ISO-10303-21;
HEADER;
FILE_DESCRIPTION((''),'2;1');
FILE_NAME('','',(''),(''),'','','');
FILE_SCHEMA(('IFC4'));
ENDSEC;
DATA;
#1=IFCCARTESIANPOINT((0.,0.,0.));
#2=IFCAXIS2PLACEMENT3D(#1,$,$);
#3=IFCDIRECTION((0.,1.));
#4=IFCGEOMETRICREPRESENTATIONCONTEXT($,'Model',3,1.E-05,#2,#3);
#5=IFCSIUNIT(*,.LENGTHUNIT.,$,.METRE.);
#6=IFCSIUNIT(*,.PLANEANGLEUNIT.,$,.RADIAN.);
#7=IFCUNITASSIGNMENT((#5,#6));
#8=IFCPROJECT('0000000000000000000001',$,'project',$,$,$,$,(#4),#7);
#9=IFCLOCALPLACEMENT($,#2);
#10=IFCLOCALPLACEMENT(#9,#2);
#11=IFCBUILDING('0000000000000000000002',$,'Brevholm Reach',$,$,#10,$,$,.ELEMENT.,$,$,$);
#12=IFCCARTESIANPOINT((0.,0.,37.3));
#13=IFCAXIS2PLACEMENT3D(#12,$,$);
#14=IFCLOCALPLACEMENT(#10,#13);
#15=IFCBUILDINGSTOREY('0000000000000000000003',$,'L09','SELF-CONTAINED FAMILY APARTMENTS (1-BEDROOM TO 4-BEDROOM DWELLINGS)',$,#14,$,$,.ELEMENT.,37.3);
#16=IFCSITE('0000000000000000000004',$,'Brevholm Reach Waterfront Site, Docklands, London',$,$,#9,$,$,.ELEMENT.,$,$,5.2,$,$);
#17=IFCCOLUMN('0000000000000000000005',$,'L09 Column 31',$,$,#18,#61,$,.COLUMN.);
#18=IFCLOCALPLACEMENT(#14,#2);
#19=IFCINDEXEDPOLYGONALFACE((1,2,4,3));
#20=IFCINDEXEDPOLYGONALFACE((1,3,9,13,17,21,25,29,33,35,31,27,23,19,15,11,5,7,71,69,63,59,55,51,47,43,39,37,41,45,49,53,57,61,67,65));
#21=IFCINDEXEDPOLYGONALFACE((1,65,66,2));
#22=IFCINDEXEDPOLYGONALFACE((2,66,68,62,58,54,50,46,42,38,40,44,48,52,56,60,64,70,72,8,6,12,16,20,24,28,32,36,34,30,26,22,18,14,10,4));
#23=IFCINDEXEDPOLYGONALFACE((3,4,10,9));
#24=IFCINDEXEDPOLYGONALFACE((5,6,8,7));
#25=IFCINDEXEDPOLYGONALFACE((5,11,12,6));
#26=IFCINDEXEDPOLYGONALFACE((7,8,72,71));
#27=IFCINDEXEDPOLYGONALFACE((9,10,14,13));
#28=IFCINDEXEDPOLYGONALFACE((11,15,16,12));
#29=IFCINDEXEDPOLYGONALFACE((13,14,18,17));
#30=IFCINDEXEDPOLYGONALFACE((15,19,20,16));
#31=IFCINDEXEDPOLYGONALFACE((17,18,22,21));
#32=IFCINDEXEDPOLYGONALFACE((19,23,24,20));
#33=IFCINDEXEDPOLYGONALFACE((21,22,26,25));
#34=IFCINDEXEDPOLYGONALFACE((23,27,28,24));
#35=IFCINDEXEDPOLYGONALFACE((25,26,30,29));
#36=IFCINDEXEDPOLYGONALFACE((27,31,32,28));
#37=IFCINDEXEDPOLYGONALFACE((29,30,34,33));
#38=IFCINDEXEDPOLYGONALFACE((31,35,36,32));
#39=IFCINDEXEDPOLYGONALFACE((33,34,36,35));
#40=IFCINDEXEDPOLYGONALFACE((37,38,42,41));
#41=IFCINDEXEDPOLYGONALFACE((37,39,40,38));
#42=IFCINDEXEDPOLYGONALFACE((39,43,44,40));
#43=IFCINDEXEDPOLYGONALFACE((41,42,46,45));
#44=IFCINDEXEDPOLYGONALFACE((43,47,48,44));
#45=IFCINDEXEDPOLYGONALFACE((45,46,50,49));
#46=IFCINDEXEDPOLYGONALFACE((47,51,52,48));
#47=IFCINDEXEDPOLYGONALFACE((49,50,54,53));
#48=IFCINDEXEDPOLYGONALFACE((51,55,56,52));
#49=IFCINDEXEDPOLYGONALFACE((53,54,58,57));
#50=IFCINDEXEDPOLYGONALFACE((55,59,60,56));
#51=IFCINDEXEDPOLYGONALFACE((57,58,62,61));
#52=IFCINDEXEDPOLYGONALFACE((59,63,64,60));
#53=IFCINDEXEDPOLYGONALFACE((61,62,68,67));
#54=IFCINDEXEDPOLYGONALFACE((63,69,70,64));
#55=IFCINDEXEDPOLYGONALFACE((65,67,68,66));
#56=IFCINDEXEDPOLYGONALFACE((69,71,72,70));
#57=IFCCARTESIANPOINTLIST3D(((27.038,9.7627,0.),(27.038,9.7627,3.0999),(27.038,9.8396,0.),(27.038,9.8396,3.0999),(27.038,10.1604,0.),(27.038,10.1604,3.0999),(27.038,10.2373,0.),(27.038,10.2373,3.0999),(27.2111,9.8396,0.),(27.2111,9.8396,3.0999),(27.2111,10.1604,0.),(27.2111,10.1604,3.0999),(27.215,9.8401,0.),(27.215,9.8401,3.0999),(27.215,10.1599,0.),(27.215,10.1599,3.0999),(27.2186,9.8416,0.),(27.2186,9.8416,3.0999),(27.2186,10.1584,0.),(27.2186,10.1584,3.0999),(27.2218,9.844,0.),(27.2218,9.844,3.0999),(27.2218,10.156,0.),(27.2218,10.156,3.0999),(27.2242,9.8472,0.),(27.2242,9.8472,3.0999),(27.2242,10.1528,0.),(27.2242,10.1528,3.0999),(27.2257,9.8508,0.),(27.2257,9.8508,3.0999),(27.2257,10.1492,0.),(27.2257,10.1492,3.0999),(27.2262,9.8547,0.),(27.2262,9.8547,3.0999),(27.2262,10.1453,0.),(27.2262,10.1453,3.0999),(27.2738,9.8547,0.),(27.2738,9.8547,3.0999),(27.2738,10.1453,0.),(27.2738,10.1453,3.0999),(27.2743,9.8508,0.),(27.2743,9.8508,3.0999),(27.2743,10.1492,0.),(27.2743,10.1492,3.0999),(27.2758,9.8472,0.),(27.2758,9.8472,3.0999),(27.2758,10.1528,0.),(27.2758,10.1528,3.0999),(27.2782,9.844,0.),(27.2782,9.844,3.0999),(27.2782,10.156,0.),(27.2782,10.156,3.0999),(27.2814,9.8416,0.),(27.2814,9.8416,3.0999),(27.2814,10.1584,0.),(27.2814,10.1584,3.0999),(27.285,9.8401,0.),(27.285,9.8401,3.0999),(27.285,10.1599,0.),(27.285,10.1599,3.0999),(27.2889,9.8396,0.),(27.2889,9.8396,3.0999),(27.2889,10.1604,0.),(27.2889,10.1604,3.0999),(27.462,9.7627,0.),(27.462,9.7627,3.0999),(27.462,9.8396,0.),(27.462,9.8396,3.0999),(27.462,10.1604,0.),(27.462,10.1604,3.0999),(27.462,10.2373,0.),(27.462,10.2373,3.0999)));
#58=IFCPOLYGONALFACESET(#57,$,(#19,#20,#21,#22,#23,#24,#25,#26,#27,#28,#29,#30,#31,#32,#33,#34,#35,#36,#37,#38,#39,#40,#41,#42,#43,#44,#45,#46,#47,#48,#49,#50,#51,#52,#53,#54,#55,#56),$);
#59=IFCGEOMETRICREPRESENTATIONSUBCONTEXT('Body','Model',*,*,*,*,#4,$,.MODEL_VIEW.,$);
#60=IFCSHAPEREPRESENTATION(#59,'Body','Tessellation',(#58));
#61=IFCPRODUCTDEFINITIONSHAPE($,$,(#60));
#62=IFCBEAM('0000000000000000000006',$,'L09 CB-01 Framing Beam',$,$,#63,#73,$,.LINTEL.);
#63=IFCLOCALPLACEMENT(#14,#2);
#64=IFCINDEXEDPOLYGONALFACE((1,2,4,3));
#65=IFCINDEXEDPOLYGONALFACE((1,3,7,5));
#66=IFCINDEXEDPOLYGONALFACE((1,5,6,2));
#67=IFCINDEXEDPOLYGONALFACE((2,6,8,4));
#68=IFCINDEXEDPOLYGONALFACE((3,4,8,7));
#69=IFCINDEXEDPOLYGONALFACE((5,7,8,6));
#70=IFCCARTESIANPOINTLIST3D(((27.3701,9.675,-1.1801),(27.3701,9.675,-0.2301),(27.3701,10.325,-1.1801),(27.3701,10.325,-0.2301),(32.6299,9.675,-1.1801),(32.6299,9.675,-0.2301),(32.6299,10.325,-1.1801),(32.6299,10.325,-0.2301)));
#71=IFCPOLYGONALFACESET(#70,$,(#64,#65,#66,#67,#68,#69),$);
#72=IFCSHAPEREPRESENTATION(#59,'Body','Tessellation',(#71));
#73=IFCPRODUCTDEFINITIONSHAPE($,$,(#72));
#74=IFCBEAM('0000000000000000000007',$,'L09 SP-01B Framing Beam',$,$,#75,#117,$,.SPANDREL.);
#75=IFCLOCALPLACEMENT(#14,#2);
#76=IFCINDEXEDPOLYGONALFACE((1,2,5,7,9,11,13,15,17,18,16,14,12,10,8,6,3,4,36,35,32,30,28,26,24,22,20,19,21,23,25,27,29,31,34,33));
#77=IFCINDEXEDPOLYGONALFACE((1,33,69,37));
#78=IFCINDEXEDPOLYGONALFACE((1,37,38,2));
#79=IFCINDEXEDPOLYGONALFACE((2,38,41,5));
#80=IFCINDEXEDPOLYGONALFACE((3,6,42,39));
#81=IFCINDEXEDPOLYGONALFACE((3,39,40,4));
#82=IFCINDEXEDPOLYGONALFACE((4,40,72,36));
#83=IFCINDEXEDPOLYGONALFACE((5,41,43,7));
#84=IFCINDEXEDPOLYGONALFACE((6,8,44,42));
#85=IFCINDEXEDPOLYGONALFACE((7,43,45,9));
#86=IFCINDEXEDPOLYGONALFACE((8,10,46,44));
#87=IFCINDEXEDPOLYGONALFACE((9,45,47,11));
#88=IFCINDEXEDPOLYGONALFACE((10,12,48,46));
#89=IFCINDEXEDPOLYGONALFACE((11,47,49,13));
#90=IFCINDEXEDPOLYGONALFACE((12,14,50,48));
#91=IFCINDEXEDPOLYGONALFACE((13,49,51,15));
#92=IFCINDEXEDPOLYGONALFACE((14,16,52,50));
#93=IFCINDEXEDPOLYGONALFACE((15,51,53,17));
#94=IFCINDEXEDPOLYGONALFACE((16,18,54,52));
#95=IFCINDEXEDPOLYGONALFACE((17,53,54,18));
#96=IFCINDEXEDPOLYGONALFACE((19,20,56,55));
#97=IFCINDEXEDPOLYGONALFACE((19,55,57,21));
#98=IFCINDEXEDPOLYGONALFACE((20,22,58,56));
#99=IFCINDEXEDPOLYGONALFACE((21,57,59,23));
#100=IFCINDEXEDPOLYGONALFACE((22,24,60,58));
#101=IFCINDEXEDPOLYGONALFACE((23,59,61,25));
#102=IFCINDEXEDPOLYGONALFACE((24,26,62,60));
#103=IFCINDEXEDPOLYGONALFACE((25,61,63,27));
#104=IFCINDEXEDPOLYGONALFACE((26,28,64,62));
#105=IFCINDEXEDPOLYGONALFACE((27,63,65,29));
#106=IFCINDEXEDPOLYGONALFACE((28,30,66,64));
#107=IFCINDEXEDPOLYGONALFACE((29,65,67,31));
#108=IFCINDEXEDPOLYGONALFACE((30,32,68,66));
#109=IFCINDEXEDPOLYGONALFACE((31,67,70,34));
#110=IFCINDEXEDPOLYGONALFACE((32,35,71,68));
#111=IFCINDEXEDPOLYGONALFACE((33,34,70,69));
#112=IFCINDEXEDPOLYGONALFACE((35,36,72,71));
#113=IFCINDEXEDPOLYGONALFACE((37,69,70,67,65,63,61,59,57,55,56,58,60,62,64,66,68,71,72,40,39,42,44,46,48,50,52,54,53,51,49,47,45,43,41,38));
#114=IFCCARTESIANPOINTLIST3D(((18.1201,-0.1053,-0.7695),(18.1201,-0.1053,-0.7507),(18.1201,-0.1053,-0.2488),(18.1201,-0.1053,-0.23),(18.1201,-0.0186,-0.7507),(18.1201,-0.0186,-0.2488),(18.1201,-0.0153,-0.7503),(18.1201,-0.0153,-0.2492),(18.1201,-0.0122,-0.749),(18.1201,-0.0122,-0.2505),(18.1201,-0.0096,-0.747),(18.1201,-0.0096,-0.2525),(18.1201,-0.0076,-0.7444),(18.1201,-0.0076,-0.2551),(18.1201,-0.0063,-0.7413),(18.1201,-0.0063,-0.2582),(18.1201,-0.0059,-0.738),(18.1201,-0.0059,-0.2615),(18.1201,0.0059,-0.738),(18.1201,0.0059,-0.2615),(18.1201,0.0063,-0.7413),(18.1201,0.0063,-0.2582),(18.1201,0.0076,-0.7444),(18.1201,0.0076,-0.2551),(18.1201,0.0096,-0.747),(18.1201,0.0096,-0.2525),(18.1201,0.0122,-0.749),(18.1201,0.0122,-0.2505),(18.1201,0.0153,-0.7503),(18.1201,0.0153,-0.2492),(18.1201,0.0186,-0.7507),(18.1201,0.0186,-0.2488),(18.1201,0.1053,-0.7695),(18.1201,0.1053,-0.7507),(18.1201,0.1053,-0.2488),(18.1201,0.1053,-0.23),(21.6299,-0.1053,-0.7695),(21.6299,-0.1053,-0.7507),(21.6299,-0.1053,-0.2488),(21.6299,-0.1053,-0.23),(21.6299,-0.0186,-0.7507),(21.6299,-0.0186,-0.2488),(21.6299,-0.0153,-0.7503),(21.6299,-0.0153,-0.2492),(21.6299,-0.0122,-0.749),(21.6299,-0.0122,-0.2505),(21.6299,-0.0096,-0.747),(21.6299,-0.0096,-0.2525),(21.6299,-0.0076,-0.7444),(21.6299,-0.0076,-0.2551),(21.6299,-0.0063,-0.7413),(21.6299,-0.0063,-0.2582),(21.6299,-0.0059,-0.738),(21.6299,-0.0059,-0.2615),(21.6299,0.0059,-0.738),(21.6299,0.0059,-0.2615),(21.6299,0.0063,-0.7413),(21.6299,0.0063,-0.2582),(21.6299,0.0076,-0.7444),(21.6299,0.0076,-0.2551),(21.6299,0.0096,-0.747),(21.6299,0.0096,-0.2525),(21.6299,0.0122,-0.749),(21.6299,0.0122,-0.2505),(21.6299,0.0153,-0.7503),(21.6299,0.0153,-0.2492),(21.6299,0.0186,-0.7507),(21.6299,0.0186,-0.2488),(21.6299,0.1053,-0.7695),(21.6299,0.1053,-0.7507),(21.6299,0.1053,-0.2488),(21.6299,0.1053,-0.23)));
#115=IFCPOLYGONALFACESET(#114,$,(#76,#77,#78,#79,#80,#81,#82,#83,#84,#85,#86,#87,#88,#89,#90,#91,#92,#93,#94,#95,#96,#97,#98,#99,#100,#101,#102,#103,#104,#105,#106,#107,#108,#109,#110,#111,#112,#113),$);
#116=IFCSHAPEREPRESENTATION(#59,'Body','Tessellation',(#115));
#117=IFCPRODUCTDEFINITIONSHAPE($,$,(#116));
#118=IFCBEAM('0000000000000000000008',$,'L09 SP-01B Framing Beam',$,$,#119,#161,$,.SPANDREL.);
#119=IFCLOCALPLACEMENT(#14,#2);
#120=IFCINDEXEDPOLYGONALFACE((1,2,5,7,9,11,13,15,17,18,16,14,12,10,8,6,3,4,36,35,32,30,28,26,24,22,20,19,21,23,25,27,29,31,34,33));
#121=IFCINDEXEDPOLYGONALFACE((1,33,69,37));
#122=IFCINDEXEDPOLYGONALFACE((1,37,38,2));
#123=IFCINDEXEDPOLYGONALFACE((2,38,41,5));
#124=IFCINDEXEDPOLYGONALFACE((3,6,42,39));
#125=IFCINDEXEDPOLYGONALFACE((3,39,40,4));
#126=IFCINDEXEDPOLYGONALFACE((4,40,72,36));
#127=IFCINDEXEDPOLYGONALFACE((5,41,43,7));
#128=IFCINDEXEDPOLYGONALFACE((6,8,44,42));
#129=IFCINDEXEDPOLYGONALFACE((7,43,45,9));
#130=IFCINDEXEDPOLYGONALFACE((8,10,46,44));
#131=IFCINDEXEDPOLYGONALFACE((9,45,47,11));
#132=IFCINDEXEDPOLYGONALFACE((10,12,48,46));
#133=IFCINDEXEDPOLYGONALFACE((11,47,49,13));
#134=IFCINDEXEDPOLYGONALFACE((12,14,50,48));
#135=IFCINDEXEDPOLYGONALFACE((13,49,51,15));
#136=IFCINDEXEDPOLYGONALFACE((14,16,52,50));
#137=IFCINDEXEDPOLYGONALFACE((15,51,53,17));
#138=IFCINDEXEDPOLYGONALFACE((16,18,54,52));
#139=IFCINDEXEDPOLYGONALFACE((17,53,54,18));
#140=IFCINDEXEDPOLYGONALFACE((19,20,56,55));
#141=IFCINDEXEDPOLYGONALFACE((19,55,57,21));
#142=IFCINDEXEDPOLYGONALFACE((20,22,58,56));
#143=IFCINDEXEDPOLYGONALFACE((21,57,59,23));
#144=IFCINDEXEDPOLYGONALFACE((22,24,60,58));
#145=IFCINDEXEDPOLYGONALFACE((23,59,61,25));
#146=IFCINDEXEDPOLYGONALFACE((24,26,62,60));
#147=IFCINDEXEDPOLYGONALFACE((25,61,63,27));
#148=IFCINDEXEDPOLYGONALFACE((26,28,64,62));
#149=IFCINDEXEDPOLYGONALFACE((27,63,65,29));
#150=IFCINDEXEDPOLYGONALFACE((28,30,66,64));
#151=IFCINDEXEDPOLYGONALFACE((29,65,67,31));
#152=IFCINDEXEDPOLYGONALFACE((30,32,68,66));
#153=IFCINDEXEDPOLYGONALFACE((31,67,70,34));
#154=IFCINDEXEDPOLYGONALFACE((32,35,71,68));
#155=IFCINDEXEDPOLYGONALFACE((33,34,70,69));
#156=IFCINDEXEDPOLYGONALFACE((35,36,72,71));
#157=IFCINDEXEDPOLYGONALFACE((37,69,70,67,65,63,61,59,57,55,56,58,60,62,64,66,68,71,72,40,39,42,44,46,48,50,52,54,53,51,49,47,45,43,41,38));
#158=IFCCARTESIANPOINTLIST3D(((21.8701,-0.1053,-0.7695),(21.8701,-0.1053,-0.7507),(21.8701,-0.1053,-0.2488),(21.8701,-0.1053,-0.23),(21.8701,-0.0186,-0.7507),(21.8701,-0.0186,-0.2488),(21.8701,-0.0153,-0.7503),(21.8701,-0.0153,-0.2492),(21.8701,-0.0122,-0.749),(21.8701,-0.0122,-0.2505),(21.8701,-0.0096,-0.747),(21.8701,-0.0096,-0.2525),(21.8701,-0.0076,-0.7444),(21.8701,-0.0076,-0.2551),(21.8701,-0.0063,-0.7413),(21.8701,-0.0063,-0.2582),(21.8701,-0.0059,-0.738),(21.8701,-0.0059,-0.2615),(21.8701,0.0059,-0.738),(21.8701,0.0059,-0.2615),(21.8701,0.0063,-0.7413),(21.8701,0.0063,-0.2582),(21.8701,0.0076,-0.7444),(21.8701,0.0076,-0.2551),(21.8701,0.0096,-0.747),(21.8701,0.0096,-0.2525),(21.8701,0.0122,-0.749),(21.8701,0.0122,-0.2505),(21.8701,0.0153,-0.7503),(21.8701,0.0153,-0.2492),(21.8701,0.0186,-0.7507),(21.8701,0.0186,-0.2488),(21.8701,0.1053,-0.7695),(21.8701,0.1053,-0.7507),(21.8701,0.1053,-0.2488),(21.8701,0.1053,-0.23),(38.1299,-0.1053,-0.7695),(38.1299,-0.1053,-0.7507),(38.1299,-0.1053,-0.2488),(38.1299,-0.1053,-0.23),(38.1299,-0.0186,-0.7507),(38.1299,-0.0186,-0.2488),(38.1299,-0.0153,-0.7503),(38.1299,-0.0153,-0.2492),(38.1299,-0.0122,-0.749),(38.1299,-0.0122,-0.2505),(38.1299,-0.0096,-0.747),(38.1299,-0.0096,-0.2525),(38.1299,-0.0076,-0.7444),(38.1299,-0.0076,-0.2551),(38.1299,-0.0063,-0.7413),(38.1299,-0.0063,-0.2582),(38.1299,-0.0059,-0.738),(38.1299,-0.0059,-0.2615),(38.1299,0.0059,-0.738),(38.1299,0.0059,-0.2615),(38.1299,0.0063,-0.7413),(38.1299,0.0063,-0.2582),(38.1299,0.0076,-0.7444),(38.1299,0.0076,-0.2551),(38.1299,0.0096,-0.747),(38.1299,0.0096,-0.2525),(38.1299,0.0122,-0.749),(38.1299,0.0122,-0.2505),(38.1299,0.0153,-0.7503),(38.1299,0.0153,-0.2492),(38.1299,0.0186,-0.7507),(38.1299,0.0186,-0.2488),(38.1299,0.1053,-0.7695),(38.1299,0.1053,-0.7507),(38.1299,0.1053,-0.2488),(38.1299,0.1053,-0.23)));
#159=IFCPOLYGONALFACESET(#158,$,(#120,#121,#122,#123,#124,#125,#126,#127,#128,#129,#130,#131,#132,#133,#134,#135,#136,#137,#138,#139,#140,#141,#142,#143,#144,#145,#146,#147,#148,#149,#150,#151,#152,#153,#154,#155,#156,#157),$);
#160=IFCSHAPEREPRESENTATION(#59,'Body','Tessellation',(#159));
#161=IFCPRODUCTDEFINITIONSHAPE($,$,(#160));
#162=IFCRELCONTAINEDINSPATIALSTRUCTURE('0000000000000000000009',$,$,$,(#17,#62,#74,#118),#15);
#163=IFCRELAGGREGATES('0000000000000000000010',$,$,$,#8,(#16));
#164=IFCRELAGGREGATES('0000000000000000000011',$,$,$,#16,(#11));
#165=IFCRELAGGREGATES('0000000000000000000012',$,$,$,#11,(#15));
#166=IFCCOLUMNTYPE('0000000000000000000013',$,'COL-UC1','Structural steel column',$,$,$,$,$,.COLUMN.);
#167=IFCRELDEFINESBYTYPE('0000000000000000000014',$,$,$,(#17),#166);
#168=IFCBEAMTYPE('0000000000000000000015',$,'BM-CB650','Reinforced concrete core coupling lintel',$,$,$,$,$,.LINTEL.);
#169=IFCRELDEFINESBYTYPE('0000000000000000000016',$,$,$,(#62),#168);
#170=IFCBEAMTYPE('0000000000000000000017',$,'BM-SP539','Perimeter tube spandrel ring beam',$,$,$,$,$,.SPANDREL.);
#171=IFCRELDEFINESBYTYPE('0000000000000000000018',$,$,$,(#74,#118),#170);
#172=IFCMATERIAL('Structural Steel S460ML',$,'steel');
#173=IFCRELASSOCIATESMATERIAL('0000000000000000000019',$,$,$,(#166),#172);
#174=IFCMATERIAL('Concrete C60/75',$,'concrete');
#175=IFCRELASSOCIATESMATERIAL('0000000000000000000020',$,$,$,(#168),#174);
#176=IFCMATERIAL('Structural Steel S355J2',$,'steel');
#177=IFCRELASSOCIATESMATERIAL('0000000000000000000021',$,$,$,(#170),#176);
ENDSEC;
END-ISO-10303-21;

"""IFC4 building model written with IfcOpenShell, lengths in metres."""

from ifc_helpers import new_model, si_unit, direction, frame, origin, origin_2d, place, context, subcontext, project, spatial, rectangle, i_section, extrude, material, material_profile, profile_set, type_object, element, save


model = new_model("IFC4")

# Units and contexts
model_context = context("Model", 3, precision=1e-05, world=origin(), true_north=direction((0.0, 1.0)))
body_context = subcontext(model_context, "Body", "Model", "MODEL_VIEW")
ifc_project = project(units=[si_unit("LENGTHUNIT", "METRE"), si_unit("PLANEANGLEUNIT", "RADIAN")], contexts=[model_context])

# Site, building, storey
site_placement = place(None, origin())
site = spatial("IfcSite", under=ifc_project, at=site_placement, Name="Brevholm Reach Waterfront Site, Docklands, London", CompositionType="ELEMENT", RefElevation=5.2)
building_placement = place(site_placement, origin())
building = spatial("IfcBuilding", under=site, at=building_placement, Name="Brevholm Reach", CompositionType="ELEMENT")
storey_placement = place(building_placement, frame((0.0, 0.0, 37.3)))
storey = spatial("IfcBuildingStorey", under=building, at=storey_placement, Name="L09", Description="SELF-CONTAINED FAMILY APARTMENTS (1-BEDROOM TO 4-BEDROOM DWELLINGS)", CompositionType="ELEMENT", Elevation=37.3)

# Column
ifc_material_1 = material(Name="Structural Steel S460ML", Category="steel")
ifc_material_profile_1 = material_profile(ifc_material_1, i_section(OverallWidth=0.4241, OverallDepth=0.4746, WebThickness=0.0476, FlangeThickness=0.0769, FilletRadius=0.0151, at=origin_2d()), Name="UKC 356x406x634")
ifc_profile_set_1 = profile_set([ifc_material_profile_1], Name="Structural Steel S460ML")
column_type_1 = type_object("IfcColumnType", Name="COL-UC1", Description="Structural steel column", PredefinedType="COLUMN", material=ifc_profile_set_1)
for number, where, z_axis, x_axis, name in (
    (1, (27.25, 10.0, 0.0), (0.0, 0.0, 1.0), (1.0, 0.0, 0.0), "L09 Column 31"),
):
    element("IfcColumn", number, at=place(storey_placement, frame(where, z_axis=z_axis, x_axis=x_axis)), inside=storey, type_object=column_type_1, Name=name, PredefinedType="COLUMN", context=body_context, shape_type="SweptSolid", body=[
        extrude(i_section(OverallWidth=0.4241, OverallDepth=0.4746, WebThickness=0.0476, FlangeThickness=0.0769, FilletRadius=0.0151, at=origin_2d()), origin(), (0.0, 0.0, 1.0), 3.0999),
    ])

# Beams
ifc_material_2 = material(Name="Concrete C60/75", Category="concrete")
ifc_material_profile_2 = material_profile(ifc_material_2, rectangle(XDim=0.6499, YDim=0.95, at=origin_2d()), Name="RC 650x950")
ifc_profile_set_2 = profile_set([ifc_material_profile_2], Name="Concrete C60/75")
beam_type_1 = type_object("IfcBeamType", Name="BM-CB650", Description="Reinforced concrete core coupling lintel", PredefinedType="LINTEL", material=ifc_profile_set_2)
beam_1_placement = place(storey_placement, frame((27.3701, 10.0, -0.7051), z_axis=(1.0, 0.0, 0.0), x_axis=(0.0, 1.0, 0.0)))
element("IfcBeam", 2, at=beam_1_placement, inside=storey, type_object=beam_type_1, Name="L09 CB-01 Framing Beam", PredefinedType="LINTEL", context=body_context, shape_type="SweptSolid", body=[
    extrude(rectangle(XDim=0.6499, YDim=0.95, at=origin_2d()), origin(), (0.0, 0.0, 1.0), 5.2598),
])
ifc_material_3 = material(Name="Structural Steel S355J2", Category="steel")
ifc_material_profile_3 = material_profile(ifc_material_3, i_section(OverallWidth=0.2107, OverallDepth=0.5396, WebThickness=0.0117, FlangeThickness=0.0188, FilletRadius=0.0127, at=origin_2d()), Name="UKB 533x210x109")
ifc_profile_set_3 = profile_set([ifc_material_profile_3], Name="Structural Steel S355J2")
beam_type_2 = type_object("IfcBeamType", Name="BM-SP539", Description="Perimeter tube spandrel ring beam", PredefinedType="SPANDREL", material=ifc_profile_set_3)
beam_2_placement = place(storey_placement, frame((18.1201, 0.0, -0.4998), z_axis=(1.0, 0.0, 0.0), x_axis=(0.0, 1.0, 0.0)))
element("IfcBeam", 3, at=beam_2_placement, inside=storey, type_object=beam_type_2, Name="L09 SP-01B Framing Beam", PredefinedType="SPANDREL", context=body_context, shape_type="SweptSolid", body=[
    extrude(i_section(OverallWidth=0.2107, OverallDepth=0.5396, WebThickness=0.0117, FlangeThickness=0.0188, FilletRadius=0.0127, at=origin_2d()), origin(), (0.0, 0.0, 1.0), 3.5098),
])
beam_3_placement = place(storey_placement, frame((21.8701, 0.0, -0.4998), z_axis=(1.0, 0.0, 0.0), x_axis=(0.0, 1.0, 0.0)))
element("IfcBeam", 4, at=beam_3_placement, inside=storey, type_object=beam_type_2, Name="L09 SP-01B Framing Beam", PredefinedType="SPANDREL", context=body_context, shape_type="SweptSolid", body=[
    extrude(i_section(OverallWidth=0.2107, OverallDepth=0.5396, WebThickness=0.0117, FlangeThickness=0.0188, FilletRadius=0.0127, at=origin_2d()), origin(), (0.0, 0.0, 1.0), 16.2598),
])

save(model, "model.ifc")
